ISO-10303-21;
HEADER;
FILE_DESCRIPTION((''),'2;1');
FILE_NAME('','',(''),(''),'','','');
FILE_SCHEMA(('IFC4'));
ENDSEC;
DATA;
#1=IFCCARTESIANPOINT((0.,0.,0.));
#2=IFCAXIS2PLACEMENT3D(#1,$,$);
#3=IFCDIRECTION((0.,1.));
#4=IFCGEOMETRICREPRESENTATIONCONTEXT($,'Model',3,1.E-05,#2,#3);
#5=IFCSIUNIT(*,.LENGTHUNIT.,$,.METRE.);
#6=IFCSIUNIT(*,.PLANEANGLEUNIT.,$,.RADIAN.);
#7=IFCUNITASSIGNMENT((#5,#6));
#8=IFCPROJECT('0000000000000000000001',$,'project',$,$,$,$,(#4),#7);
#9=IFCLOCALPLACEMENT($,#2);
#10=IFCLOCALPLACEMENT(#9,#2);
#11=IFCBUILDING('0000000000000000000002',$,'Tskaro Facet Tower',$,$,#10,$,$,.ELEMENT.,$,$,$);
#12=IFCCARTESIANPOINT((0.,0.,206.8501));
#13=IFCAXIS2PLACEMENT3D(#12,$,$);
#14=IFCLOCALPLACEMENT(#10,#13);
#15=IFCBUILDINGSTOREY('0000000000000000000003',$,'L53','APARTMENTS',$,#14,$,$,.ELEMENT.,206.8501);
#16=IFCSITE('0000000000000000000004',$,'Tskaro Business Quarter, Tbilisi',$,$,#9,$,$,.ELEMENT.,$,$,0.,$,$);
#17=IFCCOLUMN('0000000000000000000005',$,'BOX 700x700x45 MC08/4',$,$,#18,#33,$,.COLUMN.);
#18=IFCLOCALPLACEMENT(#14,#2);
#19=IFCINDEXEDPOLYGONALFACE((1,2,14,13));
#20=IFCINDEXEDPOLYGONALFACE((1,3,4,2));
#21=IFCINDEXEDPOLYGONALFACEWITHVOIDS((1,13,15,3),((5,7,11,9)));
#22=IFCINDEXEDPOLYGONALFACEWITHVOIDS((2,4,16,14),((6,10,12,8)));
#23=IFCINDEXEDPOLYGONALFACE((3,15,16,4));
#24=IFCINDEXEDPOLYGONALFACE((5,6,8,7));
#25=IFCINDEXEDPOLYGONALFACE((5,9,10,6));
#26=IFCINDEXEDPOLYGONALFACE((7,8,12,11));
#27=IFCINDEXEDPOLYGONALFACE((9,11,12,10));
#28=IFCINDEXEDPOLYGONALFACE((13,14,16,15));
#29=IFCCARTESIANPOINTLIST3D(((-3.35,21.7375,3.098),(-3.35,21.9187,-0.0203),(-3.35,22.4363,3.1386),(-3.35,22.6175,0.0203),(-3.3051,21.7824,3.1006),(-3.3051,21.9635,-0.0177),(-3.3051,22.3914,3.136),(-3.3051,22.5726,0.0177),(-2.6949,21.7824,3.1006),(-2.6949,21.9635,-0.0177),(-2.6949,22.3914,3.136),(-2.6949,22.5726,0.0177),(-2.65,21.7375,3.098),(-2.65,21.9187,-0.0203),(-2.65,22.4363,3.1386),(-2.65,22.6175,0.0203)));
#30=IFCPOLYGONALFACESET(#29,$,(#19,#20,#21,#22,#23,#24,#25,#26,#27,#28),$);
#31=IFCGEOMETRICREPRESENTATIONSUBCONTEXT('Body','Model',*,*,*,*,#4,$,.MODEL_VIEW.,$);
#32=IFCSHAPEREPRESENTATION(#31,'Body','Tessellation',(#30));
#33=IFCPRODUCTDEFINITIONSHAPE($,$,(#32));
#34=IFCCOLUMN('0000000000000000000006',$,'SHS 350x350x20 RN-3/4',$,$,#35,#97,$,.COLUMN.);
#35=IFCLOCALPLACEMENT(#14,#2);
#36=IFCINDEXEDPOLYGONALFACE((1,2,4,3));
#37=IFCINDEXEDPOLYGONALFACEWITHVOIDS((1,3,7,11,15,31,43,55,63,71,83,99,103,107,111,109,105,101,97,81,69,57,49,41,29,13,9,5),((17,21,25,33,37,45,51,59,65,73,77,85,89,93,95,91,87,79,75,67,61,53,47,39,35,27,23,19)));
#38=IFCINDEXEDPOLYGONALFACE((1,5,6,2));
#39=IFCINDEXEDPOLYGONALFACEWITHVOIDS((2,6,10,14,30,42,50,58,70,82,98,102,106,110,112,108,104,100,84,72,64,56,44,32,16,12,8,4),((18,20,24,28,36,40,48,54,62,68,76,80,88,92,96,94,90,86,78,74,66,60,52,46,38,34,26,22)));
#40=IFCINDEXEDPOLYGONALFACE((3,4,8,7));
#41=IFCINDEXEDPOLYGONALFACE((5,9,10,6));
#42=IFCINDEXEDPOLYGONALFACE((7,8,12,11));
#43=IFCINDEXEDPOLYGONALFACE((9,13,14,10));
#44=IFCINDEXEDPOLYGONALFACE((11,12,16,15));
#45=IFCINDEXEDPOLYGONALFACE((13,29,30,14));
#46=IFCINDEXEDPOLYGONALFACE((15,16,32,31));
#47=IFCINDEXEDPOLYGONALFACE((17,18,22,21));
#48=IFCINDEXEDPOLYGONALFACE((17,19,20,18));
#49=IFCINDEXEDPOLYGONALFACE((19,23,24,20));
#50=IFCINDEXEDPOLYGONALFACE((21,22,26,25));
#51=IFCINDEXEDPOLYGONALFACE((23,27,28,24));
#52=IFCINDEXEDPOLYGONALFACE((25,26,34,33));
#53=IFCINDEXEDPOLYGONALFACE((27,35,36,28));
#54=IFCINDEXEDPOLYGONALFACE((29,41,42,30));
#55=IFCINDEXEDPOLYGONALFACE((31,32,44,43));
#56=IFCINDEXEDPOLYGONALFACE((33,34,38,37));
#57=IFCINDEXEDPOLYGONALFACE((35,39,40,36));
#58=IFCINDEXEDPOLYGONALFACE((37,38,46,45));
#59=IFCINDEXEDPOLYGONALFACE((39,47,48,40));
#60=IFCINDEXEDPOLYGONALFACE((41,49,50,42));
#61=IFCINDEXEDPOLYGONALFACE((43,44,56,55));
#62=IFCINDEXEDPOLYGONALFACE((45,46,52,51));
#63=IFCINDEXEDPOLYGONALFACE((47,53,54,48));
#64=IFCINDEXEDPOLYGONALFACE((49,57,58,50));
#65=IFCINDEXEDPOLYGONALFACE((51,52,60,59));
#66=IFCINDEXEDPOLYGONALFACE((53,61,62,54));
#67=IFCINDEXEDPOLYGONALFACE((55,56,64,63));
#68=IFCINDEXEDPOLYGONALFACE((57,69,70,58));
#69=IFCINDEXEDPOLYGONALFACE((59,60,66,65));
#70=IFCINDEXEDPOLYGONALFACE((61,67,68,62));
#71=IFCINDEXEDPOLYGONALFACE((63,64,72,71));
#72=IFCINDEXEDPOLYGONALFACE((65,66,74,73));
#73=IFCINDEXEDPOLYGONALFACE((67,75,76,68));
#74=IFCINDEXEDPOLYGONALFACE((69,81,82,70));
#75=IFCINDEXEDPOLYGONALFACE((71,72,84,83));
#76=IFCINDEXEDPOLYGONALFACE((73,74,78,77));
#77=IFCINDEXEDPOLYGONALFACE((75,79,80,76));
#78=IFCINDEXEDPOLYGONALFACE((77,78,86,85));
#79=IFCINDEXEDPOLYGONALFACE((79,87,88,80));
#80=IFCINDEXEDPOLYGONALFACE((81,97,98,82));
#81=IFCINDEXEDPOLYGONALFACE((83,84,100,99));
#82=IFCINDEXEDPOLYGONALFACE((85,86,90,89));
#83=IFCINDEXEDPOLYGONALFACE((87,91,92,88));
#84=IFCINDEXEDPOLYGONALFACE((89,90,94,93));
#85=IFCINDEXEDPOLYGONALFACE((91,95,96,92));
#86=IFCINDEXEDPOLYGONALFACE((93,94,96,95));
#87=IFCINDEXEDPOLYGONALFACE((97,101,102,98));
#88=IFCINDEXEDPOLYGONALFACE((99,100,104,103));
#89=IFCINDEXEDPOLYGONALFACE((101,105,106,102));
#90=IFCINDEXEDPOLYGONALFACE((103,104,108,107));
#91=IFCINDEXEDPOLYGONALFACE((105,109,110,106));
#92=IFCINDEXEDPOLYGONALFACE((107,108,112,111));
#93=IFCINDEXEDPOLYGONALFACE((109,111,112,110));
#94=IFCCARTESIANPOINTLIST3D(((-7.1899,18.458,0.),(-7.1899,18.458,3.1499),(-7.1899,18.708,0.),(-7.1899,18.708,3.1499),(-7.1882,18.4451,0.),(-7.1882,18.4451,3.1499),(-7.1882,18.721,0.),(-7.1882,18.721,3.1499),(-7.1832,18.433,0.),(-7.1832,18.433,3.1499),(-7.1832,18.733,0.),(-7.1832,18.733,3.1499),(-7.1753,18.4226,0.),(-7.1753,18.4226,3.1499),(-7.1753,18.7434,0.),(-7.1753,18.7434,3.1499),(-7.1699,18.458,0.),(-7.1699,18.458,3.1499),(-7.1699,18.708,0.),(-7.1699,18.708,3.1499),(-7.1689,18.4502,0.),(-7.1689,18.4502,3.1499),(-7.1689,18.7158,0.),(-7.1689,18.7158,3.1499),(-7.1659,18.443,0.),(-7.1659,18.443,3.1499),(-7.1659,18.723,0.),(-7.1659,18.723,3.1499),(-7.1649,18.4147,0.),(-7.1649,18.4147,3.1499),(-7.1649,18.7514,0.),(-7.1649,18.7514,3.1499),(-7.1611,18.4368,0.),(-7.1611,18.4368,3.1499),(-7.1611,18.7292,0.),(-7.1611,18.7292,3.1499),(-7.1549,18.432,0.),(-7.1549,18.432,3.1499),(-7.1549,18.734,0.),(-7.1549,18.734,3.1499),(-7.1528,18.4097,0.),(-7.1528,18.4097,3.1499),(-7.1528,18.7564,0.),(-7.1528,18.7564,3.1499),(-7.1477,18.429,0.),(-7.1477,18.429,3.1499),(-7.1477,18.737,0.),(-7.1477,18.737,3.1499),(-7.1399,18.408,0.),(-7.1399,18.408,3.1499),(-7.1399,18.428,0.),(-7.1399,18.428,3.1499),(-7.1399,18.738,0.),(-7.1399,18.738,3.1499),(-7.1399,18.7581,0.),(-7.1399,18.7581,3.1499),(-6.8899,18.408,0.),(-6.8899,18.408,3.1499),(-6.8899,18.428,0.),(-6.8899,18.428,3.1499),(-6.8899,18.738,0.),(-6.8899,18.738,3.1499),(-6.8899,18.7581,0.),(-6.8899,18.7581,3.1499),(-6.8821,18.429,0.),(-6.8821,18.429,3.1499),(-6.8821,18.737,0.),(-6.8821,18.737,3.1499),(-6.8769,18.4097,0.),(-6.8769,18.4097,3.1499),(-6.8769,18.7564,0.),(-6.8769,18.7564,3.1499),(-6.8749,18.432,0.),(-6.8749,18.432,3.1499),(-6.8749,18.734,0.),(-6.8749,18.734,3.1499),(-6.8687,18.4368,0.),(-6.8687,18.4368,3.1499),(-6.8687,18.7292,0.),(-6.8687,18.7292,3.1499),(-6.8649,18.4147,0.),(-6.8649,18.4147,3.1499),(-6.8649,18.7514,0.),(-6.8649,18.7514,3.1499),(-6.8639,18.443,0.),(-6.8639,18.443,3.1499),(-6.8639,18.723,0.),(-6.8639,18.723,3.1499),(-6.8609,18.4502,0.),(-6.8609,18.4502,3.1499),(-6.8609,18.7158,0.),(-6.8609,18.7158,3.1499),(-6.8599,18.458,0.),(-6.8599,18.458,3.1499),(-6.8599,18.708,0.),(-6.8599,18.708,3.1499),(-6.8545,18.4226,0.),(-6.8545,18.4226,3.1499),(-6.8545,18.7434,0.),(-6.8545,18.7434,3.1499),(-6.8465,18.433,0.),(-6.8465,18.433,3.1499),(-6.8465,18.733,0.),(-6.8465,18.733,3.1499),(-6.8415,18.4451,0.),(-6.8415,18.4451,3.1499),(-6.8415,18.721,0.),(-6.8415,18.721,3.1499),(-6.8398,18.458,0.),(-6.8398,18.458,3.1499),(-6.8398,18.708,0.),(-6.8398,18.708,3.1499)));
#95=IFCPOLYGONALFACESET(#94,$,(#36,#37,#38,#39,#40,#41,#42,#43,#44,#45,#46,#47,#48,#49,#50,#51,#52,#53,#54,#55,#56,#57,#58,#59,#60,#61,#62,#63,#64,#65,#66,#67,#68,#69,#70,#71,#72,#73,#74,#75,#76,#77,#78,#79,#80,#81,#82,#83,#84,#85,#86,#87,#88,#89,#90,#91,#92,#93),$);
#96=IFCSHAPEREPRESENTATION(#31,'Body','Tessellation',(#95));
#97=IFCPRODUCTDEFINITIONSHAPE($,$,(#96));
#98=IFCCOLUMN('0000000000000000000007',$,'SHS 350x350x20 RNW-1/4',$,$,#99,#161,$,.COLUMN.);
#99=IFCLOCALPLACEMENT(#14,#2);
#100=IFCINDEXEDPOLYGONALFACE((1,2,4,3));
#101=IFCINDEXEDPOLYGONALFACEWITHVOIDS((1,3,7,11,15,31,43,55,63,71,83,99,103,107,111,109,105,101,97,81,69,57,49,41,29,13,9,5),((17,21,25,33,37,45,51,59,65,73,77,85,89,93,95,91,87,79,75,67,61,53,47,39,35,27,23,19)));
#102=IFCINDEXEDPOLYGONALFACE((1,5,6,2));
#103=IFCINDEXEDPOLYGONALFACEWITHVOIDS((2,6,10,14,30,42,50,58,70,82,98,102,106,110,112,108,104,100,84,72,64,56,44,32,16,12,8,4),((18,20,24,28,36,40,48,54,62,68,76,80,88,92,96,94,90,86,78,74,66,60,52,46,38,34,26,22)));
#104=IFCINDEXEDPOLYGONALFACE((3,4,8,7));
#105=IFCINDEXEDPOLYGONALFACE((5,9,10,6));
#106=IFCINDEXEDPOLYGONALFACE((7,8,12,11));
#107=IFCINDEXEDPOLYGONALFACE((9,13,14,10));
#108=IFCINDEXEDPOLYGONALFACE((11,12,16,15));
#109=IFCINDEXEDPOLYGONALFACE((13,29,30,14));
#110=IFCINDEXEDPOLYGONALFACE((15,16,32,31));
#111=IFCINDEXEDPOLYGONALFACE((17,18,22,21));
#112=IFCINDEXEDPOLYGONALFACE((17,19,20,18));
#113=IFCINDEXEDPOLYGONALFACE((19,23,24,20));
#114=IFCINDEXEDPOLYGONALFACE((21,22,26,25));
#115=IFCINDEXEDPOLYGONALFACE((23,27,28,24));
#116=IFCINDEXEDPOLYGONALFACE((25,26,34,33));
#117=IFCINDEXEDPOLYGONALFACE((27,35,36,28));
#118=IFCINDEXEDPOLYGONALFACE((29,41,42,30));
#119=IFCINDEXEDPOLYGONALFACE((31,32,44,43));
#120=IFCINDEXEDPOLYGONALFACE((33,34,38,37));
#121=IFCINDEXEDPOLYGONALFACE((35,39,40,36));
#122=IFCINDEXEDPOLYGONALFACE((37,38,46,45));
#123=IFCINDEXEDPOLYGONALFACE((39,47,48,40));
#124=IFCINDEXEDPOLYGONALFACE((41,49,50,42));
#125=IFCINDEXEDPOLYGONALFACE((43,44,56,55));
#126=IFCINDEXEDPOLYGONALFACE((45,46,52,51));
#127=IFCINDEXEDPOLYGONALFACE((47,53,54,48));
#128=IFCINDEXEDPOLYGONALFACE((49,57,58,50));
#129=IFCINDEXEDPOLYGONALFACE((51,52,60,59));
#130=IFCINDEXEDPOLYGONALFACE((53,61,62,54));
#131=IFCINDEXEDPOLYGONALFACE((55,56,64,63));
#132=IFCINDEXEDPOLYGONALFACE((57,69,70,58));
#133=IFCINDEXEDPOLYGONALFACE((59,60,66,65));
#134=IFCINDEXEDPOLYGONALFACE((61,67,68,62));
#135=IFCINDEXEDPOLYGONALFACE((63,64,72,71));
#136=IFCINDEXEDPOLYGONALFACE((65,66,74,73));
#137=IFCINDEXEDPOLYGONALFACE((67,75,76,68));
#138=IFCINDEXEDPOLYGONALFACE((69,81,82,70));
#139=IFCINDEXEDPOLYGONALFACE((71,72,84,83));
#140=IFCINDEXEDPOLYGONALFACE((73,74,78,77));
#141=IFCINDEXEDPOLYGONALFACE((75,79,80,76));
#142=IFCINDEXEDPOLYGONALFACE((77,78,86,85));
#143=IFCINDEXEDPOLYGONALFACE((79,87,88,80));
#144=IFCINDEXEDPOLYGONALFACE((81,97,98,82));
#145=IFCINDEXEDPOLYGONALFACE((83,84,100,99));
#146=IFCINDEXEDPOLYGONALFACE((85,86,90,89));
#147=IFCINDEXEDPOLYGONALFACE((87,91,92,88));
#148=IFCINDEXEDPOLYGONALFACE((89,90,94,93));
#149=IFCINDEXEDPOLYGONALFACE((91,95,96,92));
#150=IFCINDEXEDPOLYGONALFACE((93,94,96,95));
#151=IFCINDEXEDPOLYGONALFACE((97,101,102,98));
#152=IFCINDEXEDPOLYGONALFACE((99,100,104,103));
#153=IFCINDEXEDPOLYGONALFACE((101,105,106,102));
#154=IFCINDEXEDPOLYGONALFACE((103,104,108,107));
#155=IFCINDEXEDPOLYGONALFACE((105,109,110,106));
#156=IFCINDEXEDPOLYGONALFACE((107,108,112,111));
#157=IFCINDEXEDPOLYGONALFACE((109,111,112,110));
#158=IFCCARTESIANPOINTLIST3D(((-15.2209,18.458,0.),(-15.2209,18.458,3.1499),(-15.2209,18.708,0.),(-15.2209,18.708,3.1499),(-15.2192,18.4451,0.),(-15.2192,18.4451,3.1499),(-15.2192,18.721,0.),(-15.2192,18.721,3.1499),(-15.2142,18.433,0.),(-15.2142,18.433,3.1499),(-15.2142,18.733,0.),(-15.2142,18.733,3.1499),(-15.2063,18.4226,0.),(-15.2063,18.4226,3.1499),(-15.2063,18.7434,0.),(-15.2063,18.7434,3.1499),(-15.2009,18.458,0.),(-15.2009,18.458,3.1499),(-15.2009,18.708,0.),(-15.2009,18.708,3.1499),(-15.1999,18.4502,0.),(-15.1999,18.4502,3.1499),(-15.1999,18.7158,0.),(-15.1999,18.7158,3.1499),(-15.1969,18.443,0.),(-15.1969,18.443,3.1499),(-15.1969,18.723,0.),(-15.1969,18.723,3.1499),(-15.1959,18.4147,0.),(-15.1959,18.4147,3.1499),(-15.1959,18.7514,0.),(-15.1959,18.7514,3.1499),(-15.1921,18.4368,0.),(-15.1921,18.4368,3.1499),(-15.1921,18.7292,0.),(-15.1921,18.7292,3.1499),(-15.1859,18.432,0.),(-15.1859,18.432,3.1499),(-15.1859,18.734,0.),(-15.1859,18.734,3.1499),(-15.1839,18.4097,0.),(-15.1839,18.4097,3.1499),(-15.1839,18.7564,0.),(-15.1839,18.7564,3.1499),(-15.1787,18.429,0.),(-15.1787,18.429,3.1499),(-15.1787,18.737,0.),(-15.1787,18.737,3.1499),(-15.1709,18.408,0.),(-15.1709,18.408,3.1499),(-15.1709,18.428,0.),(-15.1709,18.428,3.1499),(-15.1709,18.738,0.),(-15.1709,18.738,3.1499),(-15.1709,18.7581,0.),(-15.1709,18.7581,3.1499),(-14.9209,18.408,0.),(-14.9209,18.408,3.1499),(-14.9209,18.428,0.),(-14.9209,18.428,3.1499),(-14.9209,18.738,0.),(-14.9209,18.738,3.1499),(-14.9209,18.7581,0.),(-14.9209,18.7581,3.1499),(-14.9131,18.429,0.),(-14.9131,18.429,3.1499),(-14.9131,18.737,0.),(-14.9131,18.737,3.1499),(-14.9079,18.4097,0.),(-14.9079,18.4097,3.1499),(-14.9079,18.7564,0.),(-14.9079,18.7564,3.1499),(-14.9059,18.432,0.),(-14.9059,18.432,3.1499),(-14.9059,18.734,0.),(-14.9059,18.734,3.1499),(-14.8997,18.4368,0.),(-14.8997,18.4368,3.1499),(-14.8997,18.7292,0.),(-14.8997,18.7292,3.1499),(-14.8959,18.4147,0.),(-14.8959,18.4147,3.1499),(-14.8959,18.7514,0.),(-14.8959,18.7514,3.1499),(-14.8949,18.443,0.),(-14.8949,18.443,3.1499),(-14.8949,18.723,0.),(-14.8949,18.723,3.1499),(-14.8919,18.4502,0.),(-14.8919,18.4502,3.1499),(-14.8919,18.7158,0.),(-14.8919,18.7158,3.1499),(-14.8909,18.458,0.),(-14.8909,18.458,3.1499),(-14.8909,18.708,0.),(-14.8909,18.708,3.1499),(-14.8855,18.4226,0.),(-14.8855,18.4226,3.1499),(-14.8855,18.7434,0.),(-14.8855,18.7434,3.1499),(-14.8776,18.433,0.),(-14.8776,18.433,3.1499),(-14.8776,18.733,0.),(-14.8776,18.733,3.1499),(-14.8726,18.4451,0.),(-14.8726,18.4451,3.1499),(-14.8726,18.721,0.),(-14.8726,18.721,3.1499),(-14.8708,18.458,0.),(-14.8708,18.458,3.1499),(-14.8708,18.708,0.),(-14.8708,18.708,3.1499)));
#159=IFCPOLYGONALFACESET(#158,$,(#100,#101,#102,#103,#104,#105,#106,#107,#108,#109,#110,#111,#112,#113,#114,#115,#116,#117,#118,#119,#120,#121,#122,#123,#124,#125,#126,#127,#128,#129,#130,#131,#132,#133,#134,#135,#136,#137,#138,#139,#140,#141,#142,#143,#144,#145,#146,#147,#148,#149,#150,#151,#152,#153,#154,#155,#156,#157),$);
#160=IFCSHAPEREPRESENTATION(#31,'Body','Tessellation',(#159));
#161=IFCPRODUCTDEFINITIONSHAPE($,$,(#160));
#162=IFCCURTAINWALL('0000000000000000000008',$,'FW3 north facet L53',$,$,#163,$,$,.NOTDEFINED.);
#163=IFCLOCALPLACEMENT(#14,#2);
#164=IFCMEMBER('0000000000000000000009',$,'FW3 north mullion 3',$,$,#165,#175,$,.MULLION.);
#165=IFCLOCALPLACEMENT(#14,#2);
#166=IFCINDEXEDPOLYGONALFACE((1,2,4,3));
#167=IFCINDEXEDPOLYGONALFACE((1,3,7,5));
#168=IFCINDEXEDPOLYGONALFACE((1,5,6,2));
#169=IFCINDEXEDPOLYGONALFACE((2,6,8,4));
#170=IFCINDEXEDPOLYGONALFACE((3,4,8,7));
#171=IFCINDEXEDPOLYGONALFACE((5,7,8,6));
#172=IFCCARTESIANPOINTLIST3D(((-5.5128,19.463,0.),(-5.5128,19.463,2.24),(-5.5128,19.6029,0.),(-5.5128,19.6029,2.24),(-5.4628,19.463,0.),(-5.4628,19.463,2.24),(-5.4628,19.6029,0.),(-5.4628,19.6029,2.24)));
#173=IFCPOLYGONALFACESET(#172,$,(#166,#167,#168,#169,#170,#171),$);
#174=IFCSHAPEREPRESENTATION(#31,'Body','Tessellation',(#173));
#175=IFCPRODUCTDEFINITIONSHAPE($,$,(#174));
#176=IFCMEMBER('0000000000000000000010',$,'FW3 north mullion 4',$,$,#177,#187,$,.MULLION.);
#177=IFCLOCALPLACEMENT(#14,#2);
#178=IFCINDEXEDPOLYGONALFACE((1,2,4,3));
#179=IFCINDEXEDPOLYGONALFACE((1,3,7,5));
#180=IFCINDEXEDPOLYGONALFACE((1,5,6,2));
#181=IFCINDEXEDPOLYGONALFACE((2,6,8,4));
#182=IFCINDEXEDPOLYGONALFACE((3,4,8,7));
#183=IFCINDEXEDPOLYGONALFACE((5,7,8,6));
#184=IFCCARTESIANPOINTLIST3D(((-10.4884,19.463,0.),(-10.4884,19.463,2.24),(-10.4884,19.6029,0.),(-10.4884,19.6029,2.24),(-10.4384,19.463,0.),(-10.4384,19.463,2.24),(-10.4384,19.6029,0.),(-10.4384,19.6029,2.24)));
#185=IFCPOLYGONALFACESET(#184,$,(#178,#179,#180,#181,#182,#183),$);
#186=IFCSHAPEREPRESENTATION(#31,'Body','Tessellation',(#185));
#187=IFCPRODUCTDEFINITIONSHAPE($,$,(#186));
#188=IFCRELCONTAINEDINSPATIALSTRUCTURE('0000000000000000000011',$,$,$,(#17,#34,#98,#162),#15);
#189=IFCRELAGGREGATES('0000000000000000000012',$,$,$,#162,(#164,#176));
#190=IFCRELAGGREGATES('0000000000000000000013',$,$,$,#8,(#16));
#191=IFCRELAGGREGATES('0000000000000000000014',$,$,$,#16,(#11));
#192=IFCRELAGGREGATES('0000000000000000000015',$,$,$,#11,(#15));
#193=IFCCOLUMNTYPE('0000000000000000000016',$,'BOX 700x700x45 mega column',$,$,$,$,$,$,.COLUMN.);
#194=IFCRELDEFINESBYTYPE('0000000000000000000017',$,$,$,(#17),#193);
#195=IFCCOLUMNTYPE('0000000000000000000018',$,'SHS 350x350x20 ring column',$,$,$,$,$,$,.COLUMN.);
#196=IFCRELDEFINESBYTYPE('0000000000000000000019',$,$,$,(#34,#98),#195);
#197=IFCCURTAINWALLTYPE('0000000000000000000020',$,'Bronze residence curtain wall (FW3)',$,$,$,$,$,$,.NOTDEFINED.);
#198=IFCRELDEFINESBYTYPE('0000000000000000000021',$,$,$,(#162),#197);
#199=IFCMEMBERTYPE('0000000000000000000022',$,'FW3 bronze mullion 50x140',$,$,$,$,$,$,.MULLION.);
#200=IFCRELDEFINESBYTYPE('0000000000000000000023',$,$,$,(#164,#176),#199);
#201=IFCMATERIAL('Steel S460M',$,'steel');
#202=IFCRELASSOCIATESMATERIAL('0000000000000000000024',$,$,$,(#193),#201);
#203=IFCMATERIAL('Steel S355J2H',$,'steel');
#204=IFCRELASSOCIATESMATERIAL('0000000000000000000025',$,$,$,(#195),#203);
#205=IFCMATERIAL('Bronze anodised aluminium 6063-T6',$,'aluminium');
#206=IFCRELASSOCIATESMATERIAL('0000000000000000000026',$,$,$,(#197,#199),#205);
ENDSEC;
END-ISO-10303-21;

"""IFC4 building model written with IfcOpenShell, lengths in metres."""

from ifc_helpers import new_model, si_unit, direction, frame, origin, origin_2d, place, context, subcontext, project, spatial, rectangle, hollow_rectangle, extrude, material, material_profile, profile_set, type_object, element, aggregate, save


model = new_model("IFC4")

# Units and contexts
model_context = context("Model", 3, precision=1e-05, world=origin(), true_north=direction((0.0, 1.0)))
body_context = subcontext(model_context, "Body", "Model", "MODEL_VIEW")
ifc_project = project(units=[si_unit("LENGTHUNIT", "METRE"), si_unit("PLANEANGLEUNIT", "RADIAN")], contexts=[model_context])

# Site, building, storey
site_placement = place(None, origin())
site = spatial("IfcSite", under=ifc_project, at=site_placement, Name="Tskaro Business Quarter, Tbilisi", CompositionType="ELEMENT", RefElevation=0.0)
building_placement = place(site_placement, origin())
building = spatial("IfcBuilding", under=site, at=building_placement, Name="Tskaro Facet Tower", CompositionType="ELEMENT")
storey_placement = place(building_placement, frame((0.0, 0.0, 206.8501)))
storey = spatial("IfcBuildingStorey", under=building, at=storey_placement, Name="L53", Description="APARTMENTS", CompositionType="ELEMENT", Elevation=206.8501)

# Columns
ifc_material_1 = material(Name="Steel S460M", Category="steel")
ifc_material_profile_1 = material_profile(ifc_material_1, hollow_rectangle(XDim=0.7, YDim=0.7, WallThickness=0.0449, at=origin_2d()), Name="BOX 700x700x45")
ifc_profile_set_1 = profile_set([ifc_material_profile_1], Name="Steel S460M")
column_type_1 = type_object("IfcColumnType", Name="BOX 700x700x45 mega column", PredefinedType="COLUMN", material=ifc_profile_set_1)
column_placement = place(storey_placement, frame((-3.0, 22.2681, 0.0), z_axis=(0.0, -0.057998, 0.998317), x_axis=(1.0, 0.0, 0.0)))
element("IfcColumn", 1, at=column_placement, inside=storey, type_object=column_type_1, Name="BOX 700x700x45 MC08/4", PredefinedType="COLUMN", context=body_context, shape_type="SweptSolid", body=[
    extrude(hollow_rectangle(XDim=0.7, YDim=0.7, WallThickness=0.0449, at=origin_2d()), origin(), (0.0, 0.0, 1.0), 3.1235),
])
ifc_material_2 = material(Name="Steel S355J2H", Category="steel")
ifc_material_profile_2 = material_profile(ifc_material_2, hollow_rectangle(XDim=0.3501, YDim=0.3501, WallThickness=0.02, InnerFilletRadius=0.03, OuterFilletRadius=0.05, at=origin_2d()), Name="SHS 350x350x20")
ifc_profile_set_2 = profile_set([ifc_material_profile_2], Name="Steel S355J2H")
column_type_2 = type_object("IfcColumnType", Name="SHS 350x350x20 ring column", PredefinedType="COLUMN", material=ifc_profile_set_2)
for number, where, z_axis, x_axis, name in (
    (2, (-7.0149, 18.583, 0.0), (0.0, 0.0, 1.0), (1.0, 0.0, 0.0), "SHS 350x350x20 RN-3/4"),
    (3, (-15.0459, 18.583, 0.0), (0.0, 0.0, 1.0), (1.0, 0.0, 0.0), "SHS 350x350x20 RNW-1/4"),
):
    element("IfcColumn", number, at=place(storey_placement, frame(where, z_axis=z_axis, x_axis=x_axis)), inside=storey, type_object=column_type_2, Name=name, PredefinedType="COLUMN", context=body_context, shape_type="SweptSolid", body=[
        extrude(hollow_rectangle(XDim=0.3501, YDim=0.3501, WallThickness=0.02, InnerFilletRadius=0.03, OuterFilletRadius=0.05, at=origin_2d()), origin(), (0.0, 0.0, 1.0), 3.1499),
    ])

# Curtain wall, members
ifc_material_3 = material(Name="Bronze anodised aluminium 6063-T6", Category="aluminium")
curtain_wall_type = type_object("IfcCurtainWallType", Name="Bronze residence curtain wall (FW3)", PredefinedType="NOTDEFINED", material=ifc_material_3)
curtain_wall_placement = place(storey_placement, origin())
curtain_wall = element("IfcCurtainWall", 4, at=curtain_wall_placement, inside=storey, type_object=curtain_wall_type, Name="FW3 north facet L53", PredefinedType="NOTDEFINED")
ifc_material_profile_3 = material_profile(ifc_material_3, rectangle(XDim=0.05, YDim=0.1399, at=origin_2d()), Name="Mullion 50x140")
ifc_profile_set_3 = profile_set([ifc_material_profile_3], Name="Bronze anodised aluminium 6063-T6")
member_type_1 = type_object("IfcMemberType", Name="FW3 bronze mullion 50x140", PredefinedType="MULLION", material=ifc_profile_set_3)
member_1_placement = place(storey_placement, frame((-5.4878, 19.533, 0.0), z_axis=(0.0, 0.0, 1.0), x_axis=(-1.0, 0.0, 0.0)))
member_1 = element("IfcMember", 5, at=member_1_placement, type_object=member_type_1, Name="FW3 north mullion 3", PredefinedType="MULLION", context=body_context, shape_type="SweptSolid", body=[
    extrude(rectangle(XDim=0.05, YDim=0.1399, at=origin_2d()), origin(), (0.0, 0.0, 1.0), 2.24),
])
member_2_placement = place(storey_placement, frame((-10.4634, 19.533, 0.0), z_axis=(0.0, 0.0, 1.0), x_axis=(-1.0, 0.0, 0.0)))
member_2 = element("IfcMember", 6, at=member_2_placement, type_object=member_type_1, Name="FW3 north mullion 4", PredefinedType="MULLION", context=body_context, shape_type="SweptSolid", body=[
    extrude(rectangle(XDim=0.05, YDim=0.1399, at=origin_2d()), origin(), (0.0, 0.0, 1.0), 2.24),
])

aggregate(curtain_wall, [member_1, member_2])

save(model, "model.ifc")
